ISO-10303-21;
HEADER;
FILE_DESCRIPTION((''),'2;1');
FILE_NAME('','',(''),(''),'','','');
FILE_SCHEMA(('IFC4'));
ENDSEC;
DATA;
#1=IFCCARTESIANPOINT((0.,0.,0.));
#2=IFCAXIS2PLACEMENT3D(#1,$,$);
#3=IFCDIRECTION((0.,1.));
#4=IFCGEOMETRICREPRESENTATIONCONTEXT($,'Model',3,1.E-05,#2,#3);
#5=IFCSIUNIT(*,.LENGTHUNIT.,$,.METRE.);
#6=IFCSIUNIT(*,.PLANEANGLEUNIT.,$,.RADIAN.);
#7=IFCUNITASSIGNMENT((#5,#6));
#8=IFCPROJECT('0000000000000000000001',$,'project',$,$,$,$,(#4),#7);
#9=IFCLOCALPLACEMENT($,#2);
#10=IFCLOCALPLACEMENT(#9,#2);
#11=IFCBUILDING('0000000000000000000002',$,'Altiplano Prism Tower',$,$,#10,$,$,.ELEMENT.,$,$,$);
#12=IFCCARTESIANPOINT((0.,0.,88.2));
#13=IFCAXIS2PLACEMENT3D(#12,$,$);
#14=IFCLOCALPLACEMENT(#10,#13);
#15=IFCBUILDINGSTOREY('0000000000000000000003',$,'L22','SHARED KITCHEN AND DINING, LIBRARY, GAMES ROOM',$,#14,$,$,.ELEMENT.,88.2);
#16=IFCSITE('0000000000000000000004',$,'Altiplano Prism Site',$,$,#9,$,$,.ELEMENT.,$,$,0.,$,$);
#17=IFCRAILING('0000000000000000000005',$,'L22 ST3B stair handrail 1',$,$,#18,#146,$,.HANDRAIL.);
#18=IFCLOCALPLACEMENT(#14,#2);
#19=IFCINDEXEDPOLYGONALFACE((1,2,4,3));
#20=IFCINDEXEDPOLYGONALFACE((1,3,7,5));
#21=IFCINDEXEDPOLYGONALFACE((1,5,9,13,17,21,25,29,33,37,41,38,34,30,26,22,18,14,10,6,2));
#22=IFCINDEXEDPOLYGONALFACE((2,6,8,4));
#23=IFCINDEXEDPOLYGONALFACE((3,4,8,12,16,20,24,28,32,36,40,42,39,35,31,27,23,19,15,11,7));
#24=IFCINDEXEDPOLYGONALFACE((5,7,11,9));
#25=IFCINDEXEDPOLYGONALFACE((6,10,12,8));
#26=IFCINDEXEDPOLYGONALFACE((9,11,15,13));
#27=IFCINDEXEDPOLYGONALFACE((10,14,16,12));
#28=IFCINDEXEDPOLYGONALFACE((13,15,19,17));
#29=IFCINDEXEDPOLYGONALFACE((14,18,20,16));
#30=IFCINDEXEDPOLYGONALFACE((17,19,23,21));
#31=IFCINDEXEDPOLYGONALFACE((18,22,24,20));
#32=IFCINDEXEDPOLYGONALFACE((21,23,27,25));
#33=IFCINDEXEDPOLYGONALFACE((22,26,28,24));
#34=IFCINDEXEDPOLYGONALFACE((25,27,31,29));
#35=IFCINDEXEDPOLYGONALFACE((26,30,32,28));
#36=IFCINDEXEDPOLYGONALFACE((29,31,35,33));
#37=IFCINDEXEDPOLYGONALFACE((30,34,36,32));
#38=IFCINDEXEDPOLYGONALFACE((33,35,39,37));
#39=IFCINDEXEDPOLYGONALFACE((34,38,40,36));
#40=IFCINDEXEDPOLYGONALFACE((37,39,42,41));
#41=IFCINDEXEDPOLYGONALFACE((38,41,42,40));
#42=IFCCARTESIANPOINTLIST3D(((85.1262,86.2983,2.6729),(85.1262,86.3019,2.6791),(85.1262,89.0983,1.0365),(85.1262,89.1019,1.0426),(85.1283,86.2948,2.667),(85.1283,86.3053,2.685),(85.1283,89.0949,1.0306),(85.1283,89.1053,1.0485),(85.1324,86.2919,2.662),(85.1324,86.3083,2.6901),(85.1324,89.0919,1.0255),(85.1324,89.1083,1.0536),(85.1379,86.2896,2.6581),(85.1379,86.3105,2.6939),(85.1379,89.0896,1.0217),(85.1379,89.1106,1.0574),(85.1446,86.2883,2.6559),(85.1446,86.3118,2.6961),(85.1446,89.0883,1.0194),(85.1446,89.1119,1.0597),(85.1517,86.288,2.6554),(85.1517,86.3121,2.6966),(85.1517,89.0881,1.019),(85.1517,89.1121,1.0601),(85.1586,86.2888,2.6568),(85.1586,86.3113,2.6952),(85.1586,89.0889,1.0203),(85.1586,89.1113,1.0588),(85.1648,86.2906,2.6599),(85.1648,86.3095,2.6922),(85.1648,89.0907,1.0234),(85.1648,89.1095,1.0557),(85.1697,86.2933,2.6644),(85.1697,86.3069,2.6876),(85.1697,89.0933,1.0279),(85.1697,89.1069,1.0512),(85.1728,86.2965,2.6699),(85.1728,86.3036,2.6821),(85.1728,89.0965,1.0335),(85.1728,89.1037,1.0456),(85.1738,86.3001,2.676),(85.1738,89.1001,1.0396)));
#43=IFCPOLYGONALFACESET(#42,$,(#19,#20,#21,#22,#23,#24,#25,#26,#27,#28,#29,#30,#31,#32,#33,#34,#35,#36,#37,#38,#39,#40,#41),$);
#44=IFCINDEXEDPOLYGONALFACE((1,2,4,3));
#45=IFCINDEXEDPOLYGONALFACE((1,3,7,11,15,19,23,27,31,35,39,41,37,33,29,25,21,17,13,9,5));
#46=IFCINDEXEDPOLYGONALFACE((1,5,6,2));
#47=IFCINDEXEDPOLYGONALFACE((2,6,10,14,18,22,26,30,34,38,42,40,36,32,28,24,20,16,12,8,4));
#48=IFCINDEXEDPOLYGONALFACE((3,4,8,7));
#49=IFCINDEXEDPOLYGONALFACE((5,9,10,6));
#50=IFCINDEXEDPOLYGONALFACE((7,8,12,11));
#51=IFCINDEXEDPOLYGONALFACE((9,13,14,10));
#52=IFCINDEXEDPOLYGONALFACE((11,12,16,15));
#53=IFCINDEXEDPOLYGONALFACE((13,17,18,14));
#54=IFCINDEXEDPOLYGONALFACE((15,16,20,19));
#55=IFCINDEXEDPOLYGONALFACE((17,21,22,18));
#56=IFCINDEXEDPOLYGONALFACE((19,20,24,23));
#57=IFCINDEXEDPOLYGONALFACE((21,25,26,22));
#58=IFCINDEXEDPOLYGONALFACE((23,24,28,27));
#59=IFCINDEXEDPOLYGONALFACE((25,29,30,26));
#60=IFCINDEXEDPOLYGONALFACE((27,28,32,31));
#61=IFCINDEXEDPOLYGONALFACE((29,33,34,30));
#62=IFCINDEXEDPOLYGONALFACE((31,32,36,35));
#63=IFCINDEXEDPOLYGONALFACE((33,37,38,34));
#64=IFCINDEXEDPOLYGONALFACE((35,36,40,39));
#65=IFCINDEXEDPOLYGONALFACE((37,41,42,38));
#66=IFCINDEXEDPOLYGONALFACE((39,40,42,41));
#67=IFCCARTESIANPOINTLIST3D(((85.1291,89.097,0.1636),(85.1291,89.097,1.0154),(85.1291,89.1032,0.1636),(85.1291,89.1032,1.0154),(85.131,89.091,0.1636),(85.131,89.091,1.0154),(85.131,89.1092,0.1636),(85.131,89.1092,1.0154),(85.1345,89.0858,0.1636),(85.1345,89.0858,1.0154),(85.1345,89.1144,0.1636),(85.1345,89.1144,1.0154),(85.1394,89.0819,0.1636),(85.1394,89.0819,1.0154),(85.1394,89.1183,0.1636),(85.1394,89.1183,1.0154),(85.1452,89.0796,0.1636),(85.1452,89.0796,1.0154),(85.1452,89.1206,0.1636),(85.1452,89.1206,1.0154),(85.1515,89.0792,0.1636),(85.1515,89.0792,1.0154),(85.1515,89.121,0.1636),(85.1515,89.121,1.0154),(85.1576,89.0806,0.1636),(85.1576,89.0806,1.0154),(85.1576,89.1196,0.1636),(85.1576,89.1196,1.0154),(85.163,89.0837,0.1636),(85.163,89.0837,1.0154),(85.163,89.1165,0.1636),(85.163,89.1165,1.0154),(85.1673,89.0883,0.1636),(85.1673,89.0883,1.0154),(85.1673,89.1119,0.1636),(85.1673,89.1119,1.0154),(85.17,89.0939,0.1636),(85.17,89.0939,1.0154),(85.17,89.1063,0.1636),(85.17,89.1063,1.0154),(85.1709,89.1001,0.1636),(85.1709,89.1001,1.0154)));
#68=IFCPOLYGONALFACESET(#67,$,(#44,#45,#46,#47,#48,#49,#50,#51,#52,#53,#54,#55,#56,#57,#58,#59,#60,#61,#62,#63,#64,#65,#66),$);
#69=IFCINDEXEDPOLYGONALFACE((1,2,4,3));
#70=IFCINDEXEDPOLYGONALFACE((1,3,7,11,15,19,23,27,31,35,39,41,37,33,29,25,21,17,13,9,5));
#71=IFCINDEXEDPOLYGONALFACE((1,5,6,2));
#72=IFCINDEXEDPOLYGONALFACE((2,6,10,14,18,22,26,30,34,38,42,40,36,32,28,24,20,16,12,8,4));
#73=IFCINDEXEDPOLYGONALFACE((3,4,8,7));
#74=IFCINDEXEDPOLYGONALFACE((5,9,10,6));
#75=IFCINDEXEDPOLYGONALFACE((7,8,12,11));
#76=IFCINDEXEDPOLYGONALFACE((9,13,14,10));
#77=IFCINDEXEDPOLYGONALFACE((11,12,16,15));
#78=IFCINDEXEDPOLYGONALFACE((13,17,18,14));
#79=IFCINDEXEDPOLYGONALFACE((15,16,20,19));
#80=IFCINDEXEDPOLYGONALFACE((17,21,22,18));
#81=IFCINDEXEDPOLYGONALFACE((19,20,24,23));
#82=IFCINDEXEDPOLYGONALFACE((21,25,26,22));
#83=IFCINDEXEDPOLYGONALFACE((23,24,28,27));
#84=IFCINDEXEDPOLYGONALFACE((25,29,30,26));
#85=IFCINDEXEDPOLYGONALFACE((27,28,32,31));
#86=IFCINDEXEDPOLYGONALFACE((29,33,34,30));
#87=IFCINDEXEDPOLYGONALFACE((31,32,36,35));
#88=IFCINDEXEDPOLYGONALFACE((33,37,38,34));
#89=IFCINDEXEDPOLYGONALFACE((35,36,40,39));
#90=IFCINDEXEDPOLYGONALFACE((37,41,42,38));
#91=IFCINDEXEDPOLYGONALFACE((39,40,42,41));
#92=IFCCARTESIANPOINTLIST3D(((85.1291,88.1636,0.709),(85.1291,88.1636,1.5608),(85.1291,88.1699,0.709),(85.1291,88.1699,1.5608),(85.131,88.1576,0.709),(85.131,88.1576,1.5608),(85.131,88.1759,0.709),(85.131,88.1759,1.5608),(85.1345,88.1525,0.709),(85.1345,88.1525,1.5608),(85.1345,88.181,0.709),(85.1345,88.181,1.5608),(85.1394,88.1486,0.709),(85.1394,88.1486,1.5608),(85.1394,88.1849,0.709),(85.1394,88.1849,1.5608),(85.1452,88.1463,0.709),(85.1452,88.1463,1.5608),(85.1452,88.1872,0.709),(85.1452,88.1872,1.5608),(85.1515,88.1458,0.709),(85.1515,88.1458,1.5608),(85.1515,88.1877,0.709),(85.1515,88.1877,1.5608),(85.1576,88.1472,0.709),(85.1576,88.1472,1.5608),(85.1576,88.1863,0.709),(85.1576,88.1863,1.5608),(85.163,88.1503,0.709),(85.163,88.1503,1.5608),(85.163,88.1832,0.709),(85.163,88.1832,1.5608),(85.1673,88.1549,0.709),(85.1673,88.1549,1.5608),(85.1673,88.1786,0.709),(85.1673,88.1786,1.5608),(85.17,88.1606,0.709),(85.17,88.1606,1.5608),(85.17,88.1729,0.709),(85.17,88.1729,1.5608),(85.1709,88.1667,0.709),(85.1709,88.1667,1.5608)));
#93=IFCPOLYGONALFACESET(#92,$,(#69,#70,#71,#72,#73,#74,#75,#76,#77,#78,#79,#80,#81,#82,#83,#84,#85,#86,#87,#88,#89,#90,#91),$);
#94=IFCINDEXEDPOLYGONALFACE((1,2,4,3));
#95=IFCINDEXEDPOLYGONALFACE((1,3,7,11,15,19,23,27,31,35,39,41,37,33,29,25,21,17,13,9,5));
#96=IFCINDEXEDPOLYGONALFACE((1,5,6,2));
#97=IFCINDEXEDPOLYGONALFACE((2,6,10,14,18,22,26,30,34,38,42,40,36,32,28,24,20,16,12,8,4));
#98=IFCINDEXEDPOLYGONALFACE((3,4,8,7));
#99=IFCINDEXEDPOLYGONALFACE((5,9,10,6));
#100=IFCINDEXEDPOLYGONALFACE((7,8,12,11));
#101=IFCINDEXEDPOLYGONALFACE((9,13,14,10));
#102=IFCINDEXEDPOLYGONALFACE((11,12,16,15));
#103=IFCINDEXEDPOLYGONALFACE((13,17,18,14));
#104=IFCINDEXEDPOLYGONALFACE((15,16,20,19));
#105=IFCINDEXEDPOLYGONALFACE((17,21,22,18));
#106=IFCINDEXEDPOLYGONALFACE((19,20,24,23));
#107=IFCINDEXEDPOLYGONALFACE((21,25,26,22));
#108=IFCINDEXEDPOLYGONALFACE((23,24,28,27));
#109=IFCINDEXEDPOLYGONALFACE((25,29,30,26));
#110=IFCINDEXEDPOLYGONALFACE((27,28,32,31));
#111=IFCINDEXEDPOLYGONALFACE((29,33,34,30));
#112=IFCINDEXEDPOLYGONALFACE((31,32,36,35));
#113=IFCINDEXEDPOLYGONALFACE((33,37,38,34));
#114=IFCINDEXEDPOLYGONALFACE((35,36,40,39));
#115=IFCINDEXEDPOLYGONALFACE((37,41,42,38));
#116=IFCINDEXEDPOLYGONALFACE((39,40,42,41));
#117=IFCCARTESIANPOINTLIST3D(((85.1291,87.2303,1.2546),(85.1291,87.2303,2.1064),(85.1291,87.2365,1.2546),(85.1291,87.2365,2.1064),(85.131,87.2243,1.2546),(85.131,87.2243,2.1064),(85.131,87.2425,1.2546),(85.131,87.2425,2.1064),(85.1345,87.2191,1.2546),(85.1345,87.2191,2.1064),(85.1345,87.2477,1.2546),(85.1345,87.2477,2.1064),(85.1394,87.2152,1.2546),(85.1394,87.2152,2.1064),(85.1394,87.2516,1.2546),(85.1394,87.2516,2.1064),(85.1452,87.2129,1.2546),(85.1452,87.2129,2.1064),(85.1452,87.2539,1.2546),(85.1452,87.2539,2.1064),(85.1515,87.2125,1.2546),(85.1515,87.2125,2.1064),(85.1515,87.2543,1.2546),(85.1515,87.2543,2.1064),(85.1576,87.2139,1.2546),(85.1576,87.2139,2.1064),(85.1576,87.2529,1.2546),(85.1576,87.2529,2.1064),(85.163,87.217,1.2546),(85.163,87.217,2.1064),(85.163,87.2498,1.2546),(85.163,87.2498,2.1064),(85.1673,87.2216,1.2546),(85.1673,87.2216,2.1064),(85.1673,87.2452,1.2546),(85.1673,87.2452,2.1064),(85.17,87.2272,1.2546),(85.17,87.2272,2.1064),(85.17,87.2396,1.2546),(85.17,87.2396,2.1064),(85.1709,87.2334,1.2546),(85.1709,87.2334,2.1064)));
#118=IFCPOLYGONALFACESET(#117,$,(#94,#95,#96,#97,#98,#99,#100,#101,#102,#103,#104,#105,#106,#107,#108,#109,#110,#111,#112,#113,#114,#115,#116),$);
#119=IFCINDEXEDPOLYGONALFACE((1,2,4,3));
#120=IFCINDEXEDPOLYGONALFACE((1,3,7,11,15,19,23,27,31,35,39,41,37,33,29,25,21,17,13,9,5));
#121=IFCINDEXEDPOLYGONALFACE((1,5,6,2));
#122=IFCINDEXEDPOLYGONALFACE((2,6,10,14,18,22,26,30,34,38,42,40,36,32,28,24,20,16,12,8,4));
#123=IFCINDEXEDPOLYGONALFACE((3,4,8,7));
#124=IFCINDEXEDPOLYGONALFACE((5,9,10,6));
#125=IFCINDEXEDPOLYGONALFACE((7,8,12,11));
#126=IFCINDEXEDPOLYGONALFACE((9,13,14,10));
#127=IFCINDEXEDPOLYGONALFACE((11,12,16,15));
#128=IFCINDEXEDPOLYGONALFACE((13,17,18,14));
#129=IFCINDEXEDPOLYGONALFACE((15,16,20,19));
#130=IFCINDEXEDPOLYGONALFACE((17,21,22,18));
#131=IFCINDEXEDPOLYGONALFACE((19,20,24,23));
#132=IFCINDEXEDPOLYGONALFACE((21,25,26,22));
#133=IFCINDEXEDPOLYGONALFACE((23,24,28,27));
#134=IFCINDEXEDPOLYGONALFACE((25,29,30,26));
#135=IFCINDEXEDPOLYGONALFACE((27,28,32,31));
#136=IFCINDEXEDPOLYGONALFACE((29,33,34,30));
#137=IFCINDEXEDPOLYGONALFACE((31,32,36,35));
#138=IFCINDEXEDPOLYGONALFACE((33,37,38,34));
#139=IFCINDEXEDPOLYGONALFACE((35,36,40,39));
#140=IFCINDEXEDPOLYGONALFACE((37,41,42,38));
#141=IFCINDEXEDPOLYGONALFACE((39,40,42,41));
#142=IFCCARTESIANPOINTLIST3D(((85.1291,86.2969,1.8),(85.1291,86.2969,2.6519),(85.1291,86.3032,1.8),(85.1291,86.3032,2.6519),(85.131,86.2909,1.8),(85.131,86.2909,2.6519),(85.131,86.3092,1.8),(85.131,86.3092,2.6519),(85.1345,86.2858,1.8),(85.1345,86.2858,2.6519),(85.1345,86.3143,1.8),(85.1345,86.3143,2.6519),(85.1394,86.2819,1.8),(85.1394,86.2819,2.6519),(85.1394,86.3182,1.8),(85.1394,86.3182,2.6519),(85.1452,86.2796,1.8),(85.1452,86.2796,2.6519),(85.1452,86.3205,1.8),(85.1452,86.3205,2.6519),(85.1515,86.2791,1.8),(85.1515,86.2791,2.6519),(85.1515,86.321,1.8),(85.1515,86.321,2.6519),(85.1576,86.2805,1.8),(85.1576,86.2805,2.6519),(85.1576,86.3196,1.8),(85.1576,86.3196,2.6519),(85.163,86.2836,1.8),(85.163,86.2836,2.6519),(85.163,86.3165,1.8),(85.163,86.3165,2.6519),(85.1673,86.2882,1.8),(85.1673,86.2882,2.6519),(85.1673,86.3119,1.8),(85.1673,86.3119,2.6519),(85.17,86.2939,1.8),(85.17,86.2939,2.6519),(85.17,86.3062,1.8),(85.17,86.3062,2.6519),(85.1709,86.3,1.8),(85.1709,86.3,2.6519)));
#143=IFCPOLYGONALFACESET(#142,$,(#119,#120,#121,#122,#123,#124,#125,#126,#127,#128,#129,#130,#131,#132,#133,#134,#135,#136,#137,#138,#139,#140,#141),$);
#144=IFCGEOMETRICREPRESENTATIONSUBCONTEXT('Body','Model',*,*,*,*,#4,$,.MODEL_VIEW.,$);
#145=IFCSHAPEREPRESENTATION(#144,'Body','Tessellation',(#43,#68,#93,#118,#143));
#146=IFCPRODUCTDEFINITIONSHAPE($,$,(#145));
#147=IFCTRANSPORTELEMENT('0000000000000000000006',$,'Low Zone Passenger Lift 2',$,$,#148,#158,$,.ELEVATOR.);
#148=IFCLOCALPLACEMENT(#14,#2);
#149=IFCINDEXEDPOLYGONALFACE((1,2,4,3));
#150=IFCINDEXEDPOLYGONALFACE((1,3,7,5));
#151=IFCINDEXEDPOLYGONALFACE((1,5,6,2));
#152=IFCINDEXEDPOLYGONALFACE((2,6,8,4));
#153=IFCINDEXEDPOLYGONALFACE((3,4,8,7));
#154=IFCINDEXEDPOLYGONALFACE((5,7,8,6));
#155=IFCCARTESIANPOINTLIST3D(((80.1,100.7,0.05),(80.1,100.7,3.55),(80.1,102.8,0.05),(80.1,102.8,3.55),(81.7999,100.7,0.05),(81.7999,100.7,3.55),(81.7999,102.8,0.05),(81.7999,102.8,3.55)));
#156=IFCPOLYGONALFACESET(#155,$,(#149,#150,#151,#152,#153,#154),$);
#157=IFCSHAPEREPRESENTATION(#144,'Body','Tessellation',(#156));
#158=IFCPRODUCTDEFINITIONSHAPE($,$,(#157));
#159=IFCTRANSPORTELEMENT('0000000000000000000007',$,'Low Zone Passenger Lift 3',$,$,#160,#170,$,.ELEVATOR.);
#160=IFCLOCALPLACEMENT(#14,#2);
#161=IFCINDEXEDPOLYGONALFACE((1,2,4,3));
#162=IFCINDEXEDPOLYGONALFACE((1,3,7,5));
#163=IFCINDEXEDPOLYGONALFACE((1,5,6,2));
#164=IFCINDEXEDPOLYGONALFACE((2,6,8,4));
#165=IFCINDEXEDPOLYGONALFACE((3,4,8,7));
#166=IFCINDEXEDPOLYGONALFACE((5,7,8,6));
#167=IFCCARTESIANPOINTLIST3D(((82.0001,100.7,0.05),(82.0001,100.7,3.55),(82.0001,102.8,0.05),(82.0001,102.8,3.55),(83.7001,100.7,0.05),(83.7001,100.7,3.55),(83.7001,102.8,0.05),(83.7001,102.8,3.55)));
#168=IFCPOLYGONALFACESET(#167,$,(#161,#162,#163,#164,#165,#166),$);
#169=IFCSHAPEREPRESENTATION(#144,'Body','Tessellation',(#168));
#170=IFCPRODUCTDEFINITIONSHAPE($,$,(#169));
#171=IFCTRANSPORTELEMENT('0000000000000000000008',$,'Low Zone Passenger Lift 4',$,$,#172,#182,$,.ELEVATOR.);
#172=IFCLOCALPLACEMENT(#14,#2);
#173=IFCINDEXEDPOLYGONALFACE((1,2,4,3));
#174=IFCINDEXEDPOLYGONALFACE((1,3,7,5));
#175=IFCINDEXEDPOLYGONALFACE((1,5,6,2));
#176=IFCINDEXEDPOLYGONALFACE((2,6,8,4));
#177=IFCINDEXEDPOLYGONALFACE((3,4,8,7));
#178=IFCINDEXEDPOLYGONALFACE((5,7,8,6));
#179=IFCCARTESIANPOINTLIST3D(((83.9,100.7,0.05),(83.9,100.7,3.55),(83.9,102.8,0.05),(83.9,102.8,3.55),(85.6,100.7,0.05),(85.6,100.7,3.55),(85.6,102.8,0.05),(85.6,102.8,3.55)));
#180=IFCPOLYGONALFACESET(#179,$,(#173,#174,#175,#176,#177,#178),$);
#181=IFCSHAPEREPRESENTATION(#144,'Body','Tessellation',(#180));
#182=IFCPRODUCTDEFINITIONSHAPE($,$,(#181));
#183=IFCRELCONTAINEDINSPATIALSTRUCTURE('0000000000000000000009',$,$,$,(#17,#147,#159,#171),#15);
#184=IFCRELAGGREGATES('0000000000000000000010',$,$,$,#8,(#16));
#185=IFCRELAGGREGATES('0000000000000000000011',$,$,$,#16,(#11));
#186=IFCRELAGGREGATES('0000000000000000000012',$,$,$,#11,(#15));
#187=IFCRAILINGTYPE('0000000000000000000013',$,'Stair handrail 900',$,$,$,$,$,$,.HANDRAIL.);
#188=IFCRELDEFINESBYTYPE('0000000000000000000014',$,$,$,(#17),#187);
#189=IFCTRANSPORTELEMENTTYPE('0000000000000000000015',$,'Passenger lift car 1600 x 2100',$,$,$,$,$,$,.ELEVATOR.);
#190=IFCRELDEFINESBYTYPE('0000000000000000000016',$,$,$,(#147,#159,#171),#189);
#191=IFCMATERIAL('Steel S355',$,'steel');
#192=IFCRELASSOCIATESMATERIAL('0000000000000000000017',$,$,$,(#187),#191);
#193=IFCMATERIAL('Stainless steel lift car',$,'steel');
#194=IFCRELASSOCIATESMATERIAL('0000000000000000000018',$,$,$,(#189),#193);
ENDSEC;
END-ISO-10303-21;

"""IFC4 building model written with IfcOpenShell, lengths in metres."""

from ifc_helpers import new_model, si_unit, direction, frame, origin, origin_2d, place, context, subcontext, project, spatial, rectangle, circle, extrude, material, type_object, element, save


model = new_model("IFC4")

# Units and contexts
model_context = context("Model", 3, precision=1e-05, world=origin(), true_north=direction((0.0, 1.0)))
body_context = subcontext(model_context, "Body", "Model", "MODEL_VIEW")
ifc_project = project(units=[si_unit("LENGTHUNIT", "METRE"), si_unit("PLANEANGLEUNIT", "RADIAN")], contexts=[model_context])

# Site, building, storey
site_placement = place(None, origin())
site = spatial("IfcSite", under=ifc_project, at=site_placement, Name="Altiplano Prism Site", CompositionType="ELEMENT", RefElevation=0.0)
building_placement = place(site_placement, origin())
building = spatial("IfcBuilding", under=site, at=building_placement, Name="Altiplano Prism Tower", CompositionType="ELEMENT")
storey_placement = place(building_placement, frame((0.0, 0.0, 88.2)))
storey = spatial("IfcBuildingStorey", under=building, at=storey_placement, Name="L22", Description="SHARED KITCHEN AND DINING, LIBRARY, GAMES ROOM", CompositionType="ELEMENT", Elevation=88.2)

# Railing
ifc_material_1 = material(Name="Steel S355", Category="steel")
railing_type_1 = type_object("IfcRailingType", Name="Stair handrail 900", PredefinedType="HANDRAIL", material=ifc_material_1)
for number, where, name in (
    (1, (85.1499, 89.1001, 0.1636), "L22 ST3B stair handrail 1"),
):
    element("IfcRailing", number, at=place(storey_placement, frame(where)), inside=storey, type_object=railing_type_1, Name=name, PredefinedType="HANDRAIL", context=body_context, shape_type="SweptSolid", body=[
        extrude(circle(Radius=0.0239, at=origin_2d()), frame((0.0, 0.0, 0.876), z_axis=(0.0, -0.863361, 0.504587), x_axis=(1.0, 0.0, 0.0)), (0.0, 0.0, 1.0), 3.2432),
        extrude(circle(Radius=0.021, at=origin_2d()), origin(), (0.0, 0.0, 1.0), 0.8518),
        extrude(circle(Radius=0.021, at=origin_2d()), frame((0.0, -0.9333, 0.5454)), (0.0, 0.0, 1.0), 0.8518),
        extrude(circle(Radius=0.021, at=origin_2d()), frame((0.0, -1.8667, 1.0911)), (0.0, 0.0, 1.0), 0.8518),
        extrude(circle(Radius=0.021, at=origin_2d()), frame((0.0, -2.8, 1.6365)), (0.0, 0.0, 1.0), 0.8518),
    ])

# Transport elements
ifc_material_2 = material(Name="Stainless steel lift car", Category="steel")
transport_element_type = type_object("IfcTransportElementType", Name="Passenger lift car 1600 x 2100", PredefinedType="ELEVATOR", material=ifc_material_2)
for number, where, z_axis, x_axis, name in (
    (2, (80.95, 101.75, 0.05), (0.0, 0.0, 1.0), (1.0, 0.0, 0.0), "Low Zone Passenger Lift 2"),
    (3, (82.8501, 101.75, 0.05), (0.0, 0.0, 1.0), (1.0, 0.0, 0.0), "Low Zone Passenger Lift 3"),
    (4, (84.75, 101.75, 0.05), (0.0, 0.0, 1.0), (1.0, 0.0, 0.0), "Low Zone Passenger Lift 4"),
):
    element("IfcTransportElement", number, at=place(storey_placement, frame(where, z_axis=z_axis, x_axis=x_axis)), inside=storey, type_object=transport_element_type, Name=name, PredefinedType="ELEVATOR", context=body_context, shape_type="SweptSolid", body=[
        extrude(rectangle(XDim=1.7, YDim=2.1001, at=origin_2d()), origin(), (0.0, 0.0, 1.0), 3.5),
    ])

save(model, "model.ifc")
